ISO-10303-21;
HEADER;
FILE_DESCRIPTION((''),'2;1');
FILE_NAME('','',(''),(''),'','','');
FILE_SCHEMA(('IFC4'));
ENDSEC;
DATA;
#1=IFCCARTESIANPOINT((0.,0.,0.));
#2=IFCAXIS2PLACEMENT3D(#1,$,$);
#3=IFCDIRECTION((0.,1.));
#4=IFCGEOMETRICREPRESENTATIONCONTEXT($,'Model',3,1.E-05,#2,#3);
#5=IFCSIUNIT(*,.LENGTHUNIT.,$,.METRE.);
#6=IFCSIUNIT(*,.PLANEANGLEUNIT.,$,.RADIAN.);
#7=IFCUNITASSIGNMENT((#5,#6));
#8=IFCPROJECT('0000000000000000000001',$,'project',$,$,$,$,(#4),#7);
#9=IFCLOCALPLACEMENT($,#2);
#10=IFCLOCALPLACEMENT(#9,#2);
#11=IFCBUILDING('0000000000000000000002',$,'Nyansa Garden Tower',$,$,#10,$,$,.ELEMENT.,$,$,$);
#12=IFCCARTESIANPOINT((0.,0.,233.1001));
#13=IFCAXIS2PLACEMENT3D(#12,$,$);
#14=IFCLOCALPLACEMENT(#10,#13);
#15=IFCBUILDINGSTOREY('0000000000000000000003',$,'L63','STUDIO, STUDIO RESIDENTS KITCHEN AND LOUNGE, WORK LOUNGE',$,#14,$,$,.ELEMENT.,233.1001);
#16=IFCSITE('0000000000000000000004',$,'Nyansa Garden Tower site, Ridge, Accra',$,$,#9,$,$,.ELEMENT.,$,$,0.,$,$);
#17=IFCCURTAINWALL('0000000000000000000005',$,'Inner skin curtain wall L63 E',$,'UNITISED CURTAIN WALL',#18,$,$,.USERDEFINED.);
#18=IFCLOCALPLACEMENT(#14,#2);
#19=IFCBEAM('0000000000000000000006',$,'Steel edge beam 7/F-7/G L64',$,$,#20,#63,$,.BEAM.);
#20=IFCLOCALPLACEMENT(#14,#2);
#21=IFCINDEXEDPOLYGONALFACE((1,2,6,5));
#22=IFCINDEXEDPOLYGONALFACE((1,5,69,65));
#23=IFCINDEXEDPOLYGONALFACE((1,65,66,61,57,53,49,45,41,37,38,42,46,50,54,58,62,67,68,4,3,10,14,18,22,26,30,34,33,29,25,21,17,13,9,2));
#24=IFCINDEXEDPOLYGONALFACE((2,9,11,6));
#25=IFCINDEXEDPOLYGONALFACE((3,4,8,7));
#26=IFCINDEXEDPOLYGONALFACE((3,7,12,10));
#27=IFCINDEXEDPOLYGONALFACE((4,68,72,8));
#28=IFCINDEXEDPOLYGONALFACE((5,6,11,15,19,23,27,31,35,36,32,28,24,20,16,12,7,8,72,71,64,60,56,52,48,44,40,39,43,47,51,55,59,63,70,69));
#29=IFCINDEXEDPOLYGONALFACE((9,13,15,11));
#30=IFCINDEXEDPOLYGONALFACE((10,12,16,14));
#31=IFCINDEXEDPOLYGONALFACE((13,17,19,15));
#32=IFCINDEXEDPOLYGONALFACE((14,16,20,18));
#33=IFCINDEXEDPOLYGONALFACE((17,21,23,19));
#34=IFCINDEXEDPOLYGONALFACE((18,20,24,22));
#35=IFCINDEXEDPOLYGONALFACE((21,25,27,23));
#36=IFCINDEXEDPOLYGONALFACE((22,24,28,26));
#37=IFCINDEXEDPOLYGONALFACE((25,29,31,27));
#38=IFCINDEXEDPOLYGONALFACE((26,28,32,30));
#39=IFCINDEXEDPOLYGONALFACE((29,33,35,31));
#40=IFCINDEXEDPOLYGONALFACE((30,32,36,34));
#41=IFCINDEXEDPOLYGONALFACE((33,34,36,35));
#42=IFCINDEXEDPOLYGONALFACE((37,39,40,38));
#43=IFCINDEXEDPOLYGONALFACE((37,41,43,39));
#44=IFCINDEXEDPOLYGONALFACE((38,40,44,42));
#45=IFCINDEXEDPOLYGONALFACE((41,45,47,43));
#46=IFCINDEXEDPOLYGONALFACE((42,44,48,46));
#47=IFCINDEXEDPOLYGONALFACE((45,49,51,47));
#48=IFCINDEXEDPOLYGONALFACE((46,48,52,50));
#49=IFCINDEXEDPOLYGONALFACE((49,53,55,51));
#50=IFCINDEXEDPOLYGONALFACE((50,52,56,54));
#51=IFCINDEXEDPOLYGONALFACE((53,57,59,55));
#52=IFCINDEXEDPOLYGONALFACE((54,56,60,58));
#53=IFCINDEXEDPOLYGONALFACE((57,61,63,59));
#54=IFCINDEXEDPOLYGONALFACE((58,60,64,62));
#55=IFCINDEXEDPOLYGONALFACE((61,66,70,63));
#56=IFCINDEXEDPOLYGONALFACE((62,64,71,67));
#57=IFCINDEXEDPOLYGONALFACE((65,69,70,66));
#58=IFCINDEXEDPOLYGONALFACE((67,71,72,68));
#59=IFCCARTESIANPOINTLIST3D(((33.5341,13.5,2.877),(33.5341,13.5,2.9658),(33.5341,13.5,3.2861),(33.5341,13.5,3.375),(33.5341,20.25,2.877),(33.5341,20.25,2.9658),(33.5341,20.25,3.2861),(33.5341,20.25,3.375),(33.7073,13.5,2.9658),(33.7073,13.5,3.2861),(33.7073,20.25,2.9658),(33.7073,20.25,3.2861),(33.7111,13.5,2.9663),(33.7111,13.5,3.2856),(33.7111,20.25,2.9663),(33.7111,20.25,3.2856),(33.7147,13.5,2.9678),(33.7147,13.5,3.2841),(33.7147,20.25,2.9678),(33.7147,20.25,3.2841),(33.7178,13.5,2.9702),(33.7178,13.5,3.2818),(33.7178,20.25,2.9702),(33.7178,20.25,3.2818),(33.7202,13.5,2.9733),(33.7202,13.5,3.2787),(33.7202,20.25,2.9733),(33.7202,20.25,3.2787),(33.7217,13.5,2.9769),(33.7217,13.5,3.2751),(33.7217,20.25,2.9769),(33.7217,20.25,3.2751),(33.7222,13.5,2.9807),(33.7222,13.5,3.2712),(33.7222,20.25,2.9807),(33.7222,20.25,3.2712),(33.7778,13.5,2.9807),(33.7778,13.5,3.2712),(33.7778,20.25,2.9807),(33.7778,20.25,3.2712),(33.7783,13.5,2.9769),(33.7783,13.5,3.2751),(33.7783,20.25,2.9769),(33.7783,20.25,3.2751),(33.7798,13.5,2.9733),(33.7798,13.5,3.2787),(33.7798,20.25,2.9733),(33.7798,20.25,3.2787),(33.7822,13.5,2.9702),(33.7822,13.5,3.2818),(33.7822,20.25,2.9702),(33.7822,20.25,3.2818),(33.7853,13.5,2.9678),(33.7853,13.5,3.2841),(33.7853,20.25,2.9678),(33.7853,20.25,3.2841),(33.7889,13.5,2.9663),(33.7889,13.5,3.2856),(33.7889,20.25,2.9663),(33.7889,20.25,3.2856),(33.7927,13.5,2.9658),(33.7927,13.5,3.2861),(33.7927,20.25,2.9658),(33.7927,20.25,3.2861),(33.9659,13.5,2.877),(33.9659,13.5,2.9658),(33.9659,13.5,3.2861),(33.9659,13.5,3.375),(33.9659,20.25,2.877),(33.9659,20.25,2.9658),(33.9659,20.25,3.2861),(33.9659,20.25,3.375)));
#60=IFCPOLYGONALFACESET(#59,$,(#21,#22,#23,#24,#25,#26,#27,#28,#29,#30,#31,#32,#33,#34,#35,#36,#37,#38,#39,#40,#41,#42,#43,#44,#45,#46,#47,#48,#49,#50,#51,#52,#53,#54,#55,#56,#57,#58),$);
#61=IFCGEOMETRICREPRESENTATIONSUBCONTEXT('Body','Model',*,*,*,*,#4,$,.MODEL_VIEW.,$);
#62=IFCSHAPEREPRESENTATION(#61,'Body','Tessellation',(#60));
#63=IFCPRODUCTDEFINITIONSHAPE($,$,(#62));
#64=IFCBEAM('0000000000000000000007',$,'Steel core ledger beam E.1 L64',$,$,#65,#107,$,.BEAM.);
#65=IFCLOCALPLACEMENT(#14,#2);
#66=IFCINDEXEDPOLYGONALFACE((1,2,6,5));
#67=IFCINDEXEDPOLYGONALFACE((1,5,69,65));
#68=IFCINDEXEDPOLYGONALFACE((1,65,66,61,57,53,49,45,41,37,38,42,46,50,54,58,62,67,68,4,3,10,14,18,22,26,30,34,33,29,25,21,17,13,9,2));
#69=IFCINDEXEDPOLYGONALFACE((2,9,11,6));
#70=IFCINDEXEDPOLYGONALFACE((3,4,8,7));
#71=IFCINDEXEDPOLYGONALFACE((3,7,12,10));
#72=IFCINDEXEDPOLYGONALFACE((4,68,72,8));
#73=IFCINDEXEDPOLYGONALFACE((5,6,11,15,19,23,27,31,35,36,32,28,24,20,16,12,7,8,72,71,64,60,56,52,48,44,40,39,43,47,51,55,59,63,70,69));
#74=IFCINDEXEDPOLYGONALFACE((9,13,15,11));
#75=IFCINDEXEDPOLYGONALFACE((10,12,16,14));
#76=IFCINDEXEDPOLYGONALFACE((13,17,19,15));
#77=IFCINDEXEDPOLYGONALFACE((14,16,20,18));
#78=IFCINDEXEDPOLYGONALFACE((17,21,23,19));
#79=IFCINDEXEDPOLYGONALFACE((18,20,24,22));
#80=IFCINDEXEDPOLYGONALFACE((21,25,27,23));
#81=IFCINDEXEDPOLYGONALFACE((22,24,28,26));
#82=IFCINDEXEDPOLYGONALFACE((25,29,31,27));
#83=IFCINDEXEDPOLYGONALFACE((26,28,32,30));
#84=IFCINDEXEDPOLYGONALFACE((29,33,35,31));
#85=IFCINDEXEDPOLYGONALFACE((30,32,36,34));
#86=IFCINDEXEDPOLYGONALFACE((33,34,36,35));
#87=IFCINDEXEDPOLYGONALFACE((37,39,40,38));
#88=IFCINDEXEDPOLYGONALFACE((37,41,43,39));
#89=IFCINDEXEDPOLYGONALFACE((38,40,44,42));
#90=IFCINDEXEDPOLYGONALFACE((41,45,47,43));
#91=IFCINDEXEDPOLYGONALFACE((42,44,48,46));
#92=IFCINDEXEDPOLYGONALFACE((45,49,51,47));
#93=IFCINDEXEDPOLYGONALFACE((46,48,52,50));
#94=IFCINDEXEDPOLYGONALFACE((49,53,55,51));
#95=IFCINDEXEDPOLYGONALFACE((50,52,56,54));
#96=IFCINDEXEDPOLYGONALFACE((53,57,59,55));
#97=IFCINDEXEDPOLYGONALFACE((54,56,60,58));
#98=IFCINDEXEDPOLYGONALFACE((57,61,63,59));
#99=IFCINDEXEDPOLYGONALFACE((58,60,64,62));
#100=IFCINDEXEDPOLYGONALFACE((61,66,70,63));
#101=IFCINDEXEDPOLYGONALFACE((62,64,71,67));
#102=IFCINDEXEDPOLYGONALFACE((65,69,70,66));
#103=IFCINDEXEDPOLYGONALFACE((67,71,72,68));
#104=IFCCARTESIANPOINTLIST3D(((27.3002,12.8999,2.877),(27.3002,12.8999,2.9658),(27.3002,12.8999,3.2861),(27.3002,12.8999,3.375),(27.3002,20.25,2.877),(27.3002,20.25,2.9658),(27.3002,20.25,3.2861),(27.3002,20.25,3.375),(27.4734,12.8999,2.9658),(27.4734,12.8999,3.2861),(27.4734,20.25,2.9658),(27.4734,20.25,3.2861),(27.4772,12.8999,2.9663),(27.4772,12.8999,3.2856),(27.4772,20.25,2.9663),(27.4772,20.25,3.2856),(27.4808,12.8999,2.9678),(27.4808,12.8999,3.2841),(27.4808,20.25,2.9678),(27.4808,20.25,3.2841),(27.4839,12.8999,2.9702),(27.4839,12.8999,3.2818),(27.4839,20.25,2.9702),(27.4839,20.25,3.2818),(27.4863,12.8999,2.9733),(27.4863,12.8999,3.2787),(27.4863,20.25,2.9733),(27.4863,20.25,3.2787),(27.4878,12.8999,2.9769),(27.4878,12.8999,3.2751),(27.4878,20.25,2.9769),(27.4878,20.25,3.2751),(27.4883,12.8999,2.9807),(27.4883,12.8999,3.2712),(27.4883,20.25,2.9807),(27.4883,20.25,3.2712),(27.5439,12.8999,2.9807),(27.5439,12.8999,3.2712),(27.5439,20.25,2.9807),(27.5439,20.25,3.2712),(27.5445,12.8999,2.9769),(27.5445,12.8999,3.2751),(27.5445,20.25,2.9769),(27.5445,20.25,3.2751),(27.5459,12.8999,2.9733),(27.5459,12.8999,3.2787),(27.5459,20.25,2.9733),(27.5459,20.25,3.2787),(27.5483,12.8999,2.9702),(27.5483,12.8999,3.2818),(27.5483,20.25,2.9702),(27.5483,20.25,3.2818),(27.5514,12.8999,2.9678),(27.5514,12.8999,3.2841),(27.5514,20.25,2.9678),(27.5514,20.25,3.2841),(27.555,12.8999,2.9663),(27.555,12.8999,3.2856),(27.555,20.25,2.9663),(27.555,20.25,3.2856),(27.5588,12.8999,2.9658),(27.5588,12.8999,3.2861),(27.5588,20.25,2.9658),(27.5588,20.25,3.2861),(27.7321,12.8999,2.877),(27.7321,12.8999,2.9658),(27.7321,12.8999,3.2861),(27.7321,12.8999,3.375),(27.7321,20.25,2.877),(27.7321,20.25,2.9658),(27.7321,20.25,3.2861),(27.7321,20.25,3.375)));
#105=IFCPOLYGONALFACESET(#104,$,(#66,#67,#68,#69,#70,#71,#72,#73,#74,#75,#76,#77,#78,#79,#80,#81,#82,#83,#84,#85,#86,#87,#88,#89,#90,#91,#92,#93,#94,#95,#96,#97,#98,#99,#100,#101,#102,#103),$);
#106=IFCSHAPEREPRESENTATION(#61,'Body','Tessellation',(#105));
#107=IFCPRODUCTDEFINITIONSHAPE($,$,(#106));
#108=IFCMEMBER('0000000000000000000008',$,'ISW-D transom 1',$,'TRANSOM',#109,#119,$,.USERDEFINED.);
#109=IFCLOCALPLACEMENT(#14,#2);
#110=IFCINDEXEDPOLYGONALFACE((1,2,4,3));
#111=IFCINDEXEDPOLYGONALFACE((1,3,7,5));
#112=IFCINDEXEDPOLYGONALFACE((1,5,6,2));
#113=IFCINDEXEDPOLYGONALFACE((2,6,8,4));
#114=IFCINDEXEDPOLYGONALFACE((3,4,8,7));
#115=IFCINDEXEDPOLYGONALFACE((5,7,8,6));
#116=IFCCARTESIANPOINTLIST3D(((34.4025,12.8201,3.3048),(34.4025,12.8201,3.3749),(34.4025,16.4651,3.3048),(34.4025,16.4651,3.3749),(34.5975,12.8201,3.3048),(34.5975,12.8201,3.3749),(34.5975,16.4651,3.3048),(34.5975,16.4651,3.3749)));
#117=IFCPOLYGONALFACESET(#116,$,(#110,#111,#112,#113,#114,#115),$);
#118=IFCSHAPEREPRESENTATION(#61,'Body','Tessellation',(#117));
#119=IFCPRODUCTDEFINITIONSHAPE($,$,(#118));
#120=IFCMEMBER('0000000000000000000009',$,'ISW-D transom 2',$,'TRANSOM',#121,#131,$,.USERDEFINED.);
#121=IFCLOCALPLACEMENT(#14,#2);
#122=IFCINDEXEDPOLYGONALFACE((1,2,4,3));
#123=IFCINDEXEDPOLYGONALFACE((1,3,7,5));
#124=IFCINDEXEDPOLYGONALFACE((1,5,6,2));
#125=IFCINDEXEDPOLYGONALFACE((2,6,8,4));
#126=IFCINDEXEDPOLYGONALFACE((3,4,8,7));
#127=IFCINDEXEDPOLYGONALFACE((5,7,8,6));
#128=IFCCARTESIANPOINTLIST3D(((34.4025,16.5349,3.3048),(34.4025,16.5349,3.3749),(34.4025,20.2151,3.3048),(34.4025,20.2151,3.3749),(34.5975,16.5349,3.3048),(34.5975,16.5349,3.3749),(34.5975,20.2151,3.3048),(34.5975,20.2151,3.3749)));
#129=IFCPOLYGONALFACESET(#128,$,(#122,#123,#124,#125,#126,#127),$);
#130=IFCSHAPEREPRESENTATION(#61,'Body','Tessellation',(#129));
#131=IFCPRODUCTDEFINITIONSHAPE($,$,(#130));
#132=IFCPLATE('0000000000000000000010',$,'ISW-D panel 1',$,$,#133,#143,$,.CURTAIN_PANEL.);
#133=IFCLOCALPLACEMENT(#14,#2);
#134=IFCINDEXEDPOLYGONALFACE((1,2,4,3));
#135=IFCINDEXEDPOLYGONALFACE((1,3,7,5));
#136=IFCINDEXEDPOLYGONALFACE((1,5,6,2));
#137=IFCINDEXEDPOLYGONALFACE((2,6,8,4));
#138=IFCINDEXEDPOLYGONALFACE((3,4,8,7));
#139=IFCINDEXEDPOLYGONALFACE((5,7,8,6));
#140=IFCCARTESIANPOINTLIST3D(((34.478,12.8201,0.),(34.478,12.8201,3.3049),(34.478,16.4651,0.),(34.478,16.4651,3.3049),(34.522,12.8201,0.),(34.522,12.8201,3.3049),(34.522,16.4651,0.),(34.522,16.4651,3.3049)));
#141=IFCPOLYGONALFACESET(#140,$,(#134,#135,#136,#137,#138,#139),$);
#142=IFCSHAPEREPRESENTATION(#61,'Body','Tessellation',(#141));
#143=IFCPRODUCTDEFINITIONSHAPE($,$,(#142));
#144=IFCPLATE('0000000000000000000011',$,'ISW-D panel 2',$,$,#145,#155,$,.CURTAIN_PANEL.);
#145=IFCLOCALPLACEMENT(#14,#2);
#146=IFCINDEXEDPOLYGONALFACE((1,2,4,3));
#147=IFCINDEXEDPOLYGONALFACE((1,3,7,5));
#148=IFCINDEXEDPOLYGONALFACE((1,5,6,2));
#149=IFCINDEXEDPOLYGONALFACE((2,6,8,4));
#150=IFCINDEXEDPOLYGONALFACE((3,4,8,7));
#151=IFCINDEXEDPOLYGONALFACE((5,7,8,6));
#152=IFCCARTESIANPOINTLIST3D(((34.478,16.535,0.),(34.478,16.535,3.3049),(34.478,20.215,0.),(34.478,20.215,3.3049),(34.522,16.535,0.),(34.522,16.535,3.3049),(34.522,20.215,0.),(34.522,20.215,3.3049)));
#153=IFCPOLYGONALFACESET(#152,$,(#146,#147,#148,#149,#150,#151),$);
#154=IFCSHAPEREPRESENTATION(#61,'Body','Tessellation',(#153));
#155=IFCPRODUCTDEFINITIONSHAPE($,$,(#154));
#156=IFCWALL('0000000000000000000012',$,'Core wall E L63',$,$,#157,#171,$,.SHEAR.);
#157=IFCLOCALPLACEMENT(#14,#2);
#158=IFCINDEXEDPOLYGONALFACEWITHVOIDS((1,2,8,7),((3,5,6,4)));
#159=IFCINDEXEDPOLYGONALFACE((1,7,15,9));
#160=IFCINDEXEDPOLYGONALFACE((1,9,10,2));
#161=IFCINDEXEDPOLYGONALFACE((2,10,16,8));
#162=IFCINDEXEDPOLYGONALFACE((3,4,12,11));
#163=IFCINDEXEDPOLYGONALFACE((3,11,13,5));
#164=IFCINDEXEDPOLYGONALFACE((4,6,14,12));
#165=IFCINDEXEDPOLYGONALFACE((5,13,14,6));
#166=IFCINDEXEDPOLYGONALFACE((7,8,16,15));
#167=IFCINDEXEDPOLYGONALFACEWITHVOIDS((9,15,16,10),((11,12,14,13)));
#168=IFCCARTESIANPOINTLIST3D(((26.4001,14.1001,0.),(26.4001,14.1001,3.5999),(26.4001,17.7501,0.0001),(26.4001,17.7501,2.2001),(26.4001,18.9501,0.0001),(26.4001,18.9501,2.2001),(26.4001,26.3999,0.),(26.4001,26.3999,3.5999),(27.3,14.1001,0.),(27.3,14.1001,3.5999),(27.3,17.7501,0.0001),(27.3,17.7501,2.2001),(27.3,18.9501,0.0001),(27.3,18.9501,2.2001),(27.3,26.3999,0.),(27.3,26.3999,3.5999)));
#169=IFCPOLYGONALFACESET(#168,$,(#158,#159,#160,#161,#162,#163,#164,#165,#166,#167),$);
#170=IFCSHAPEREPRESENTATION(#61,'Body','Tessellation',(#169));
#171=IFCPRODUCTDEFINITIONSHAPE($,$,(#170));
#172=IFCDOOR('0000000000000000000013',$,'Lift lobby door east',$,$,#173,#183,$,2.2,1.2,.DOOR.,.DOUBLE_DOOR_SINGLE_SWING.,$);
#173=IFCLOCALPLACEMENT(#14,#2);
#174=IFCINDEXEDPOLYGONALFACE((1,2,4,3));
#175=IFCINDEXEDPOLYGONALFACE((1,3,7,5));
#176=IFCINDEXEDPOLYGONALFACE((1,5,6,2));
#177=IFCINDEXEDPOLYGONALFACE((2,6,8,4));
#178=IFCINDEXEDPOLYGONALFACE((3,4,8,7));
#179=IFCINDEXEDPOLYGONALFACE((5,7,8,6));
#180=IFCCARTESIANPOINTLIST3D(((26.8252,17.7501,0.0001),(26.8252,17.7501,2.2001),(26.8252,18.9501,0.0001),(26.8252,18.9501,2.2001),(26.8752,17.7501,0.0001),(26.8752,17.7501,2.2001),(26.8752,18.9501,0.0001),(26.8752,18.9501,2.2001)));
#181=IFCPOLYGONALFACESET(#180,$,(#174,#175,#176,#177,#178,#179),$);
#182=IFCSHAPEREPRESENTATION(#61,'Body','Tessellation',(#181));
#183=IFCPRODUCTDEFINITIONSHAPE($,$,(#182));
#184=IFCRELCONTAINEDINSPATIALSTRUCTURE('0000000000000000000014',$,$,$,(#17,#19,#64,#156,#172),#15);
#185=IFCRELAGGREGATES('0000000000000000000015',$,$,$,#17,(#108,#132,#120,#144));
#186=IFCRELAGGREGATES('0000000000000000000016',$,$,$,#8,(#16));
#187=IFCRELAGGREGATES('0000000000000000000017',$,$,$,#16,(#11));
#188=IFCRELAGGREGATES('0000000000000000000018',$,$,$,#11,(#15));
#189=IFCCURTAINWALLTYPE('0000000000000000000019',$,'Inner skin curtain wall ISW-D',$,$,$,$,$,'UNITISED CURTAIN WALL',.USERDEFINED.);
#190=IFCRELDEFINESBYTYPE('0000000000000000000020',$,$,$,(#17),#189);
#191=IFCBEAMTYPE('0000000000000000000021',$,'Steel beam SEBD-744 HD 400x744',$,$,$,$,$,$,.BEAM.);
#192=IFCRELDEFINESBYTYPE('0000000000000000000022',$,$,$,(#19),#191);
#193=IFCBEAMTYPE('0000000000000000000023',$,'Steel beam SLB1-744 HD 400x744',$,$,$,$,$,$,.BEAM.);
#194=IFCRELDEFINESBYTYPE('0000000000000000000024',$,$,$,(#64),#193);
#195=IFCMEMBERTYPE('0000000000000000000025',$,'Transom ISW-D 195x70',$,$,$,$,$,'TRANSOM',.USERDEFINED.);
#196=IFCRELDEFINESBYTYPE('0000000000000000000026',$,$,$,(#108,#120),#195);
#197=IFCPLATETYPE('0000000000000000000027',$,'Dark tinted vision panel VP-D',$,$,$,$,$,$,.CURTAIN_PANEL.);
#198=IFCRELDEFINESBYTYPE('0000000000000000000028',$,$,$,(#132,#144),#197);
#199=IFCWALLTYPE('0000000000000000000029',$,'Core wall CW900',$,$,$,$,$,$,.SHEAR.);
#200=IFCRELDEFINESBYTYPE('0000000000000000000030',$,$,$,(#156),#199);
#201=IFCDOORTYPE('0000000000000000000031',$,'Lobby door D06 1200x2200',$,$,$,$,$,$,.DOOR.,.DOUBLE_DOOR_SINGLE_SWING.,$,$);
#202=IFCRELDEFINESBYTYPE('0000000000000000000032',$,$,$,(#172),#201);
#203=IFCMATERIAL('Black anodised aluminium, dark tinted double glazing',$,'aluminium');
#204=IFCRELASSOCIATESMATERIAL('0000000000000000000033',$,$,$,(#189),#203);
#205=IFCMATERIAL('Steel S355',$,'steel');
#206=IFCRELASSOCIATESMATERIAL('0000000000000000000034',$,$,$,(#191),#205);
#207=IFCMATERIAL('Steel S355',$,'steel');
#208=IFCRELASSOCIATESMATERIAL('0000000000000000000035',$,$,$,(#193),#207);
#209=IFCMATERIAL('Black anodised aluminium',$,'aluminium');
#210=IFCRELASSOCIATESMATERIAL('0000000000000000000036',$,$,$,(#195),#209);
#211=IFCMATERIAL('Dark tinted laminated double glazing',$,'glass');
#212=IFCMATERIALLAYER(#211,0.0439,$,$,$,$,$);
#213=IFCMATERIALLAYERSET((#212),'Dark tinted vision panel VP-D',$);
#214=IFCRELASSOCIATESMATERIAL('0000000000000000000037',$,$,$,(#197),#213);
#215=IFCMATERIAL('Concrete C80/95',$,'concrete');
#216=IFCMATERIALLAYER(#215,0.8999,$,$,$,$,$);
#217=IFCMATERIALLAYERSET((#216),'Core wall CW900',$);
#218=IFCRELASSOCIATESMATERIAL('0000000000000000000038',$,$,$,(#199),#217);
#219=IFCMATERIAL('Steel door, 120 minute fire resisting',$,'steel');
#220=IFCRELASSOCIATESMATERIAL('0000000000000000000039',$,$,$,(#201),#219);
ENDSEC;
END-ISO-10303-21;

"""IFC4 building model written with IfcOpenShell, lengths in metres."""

from ifc_helpers import new_model, si_unit, direction, frame, frame_2d, origin, origin_2d, place, context, subcontext, project, spatial, rectangle, i_section, extrude, material, layer, layer_set, material_profile, profile_set, type_object, element, fill, aggregate, save


model = new_model("IFC4")

# Units and contexts
model_context = context("Model", 3, precision=1e-05, world=origin(), true_north=direction((0.0, 1.0)))
body_context = subcontext(model_context, "Body", "Model", "MODEL_VIEW")
ifc_project = project(units=[si_unit("LENGTHUNIT", "METRE"), si_unit("PLANEANGLEUNIT", "RADIAN")], contexts=[model_context])

# Site, building, storey
site_placement = place(None, origin())
site = spatial("IfcSite", under=ifc_project, at=site_placement, Name="Nyansa Garden Tower site, Ridge, Accra", CompositionType="ELEMENT", RefElevation=0.0)
building_placement = place(site_placement, origin())
building = spatial("IfcBuilding", under=site, at=building_placement, Name="Nyansa Garden Tower", CompositionType="ELEMENT")
storey_placement = place(building_placement, frame((0.0, 0.0, 233.1001)))
storey = spatial("IfcBuildingStorey", under=building, at=storey_placement, Name="L63", Description="STUDIO, STUDIO RESIDENTS KITCHEN AND LOUNGE, WORK LOUNGE", CompositionType="ELEMENT", Elevation=233.1001)

# Curtain wall
ifc_material_1 = material(Name="Black anodised aluminium, dark tinted double glazing", Category="aluminium")
curtain_wall_type = type_object("IfcCurtainWallType", Name="Inner skin curtain wall ISW-D", ElementType="UNITISED CURTAIN WALL", PredefinedType="USERDEFINED", material=ifc_material_1)
curtain_wall_placement = place(storey_placement, origin())
curtain_wall = element("IfcCurtainWall", 1, at=curtain_wall_placement, inside=storey, type_object=curtain_wall_type, Name="Inner skin curtain wall L63 E", ObjectType="UNITISED CURTAIN WALL", PredefinedType="USERDEFINED")

# Beams
ifc_material_2 = material(Name="Steel S355", Category="steel")
ifc_material_profile_1 = material_profile(ifc_material_2, i_section(OverallWidth=0.4319, OverallDepth=0.498, WebThickness=0.0557, FlangeThickness=0.0889, FilletRadius=0.0149, at=origin_2d()), Name="HD 400x744")
ifc_profile_set_1 = profile_set([ifc_material_profile_1], Name="Steel S355")
beam_type_1 = type_object("IfcBeamType", Name="Steel beam SEBD-744 HD 400x744", PredefinedType="BEAM", material=ifc_profile_set_1)
beam_1_placement = place(storey_placement, frame((33.75, 13.5, 3.126), z_axis=(0.0, 1.0, 0.0), x_axis=(-1.0, 0.0, 0.0)))
element("IfcBeam", 2, at=beam_1_placement, inside=storey, type_object=beam_type_1, Name="Steel edge beam 7/F-7/G L64", PredefinedType="BEAM", context=body_context, shape_type="SweptSolid", body=[
    extrude(i_section(OverallWidth=0.4319, OverallDepth=0.498, WebThickness=0.0557, FlangeThickness=0.0889, FilletRadius=0.0149, at=origin_2d()), origin(), (0.0, 0.0, 1.0), 6.75),
])
ifc_material_3 = material(Name="Steel S355", Category="steel")
ifc_material_profile_2 = material_profile(ifc_material_3, i_section(OverallWidth=0.4319, OverallDepth=0.498, WebThickness=0.0557, FlangeThickness=0.0889, FilletRadius=0.0149, at=origin_2d()), Name="HD 400x744")
ifc_profile_set_2 = profile_set([ifc_material_profile_2], Name="Steel S355")
beam_type_2 = type_object("IfcBeamType", Name="Steel beam SLB1-744 HD 400x744", PredefinedType="BEAM", material=ifc_profile_set_2)
beam_2_placement = place(storey_placement, frame((27.5161, 12.8999, 3.126), z_axis=(0.0, 1.0, 0.0), x_axis=(-1.0, 0.0, 0.0)))
element("IfcBeam", 3, at=beam_2_placement, inside=storey, type_object=beam_type_2, Name="Steel core ledger beam E.1 L64", PredefinedType="BEAM", context=body_context, shape_type="SweptSolid", body=[
    extrude(i_section(OverallWidth=0.4319, OverallDepth=0.498, WebThickness=0.0557, FlangeThickness=0.0889, FilletRadius=0.0149, at=origin_2d()), origin(), (0.0, 0.0, 1.0), 7.3501),
])

# Members
ifc_material_4 = material(Name="Black anodised aluminium", Category="aluminium")
ifc_material_profile_3 = material_profile(ifc_material_4, rectangle(XDim=0.1951, YDim=0.0701, at=origin_2d()), Name="Transom 195x70")
ifc_profile_set_3 = profile_set([ifc_material_profile_3], Name="Black anodised aluminium")
member_type_1 = type_object("IfcMemberType", Name="Transom ISW-D 195x70", ElementType="TRANSOM", PredefinedType="USERDEFINED", material=ifc_profile_set_3)
member_1_placement = place(storey_placement, frame((34.5, 12.8201, 3.3398), z_axis=(0.0, 1.0, 0.0), x_axis=(-1.0, 0.0, 0.0)))
member_1 = element("IfcMember", 4, at=member_1_placement, type_object=member_type_1, Name="ISW-D transom 1", ObjectType="TRANSOM", PredefinedType="USERDEFINED", context=body_context, shape_type="SweptSolid", body=[
    extrude(rectangle(XDim=0.1951, YDim=0.0701, at=origin_2d()), origin(), (0.0, 0.0, 1.0), 3.645),
])
member_2_placement = place(storey_placement, frame((34.5, 16.5349, 3.3398), z_axis=(0.0, 1.0, 0.0), x_axis=(-1.0, 0.0, 0.0)))
member_2 = element("IfcMember", 5, at=member_2_placement, type_object=member_type_1, Name="ISW-D transom 2", ObjectType="TRANSOM", PredefinedType="USERDEFINED", context=body_context, shape_type="SweptSolid", body=[
    extrude(rectangle(XDim=0.1951, YDim=0.0701, at=origin_2d()), origin(), (0.0, 0.0, 1.0), 3.6802),
])

# Plates
ifc_material_5 = material(Name="Dark tinted laminated double glazing", Category="glass")
ifc_layer_1 = layer(ifc_material_5, 0.0439)
ifc_layer_set_1 = layer_set([ifc_layer_1], Name="Dark tinted vision panel VP-D")
plate_type = type_object("IfcPlateType", Name="Dark tinted vision panel VP-D", PredefinedType="CURTAIN_PANEL", material=ifc_layer_set_1)
plate_1_placement = place(storey_placement, frame((34.5, 14.6426, 0.0), z_axis=(0.0, 0.0, 1.0), x_axis=(0.0, 1.0, 0.0)))
plate_1 = element("IfcPlate", 6, at=plate_1_placement, type_object=plate_type, Name="ISW-D panel 1", PredefinedType="CURTAIN_PANEL", context=body_context, shape_type="SweptSolid", body=[
    extrude(rectangle(XDim=3.645, YDim=0.0439, at=origin_2d()), origin(), (0.0, 0.0, 1.0), 3.3049),
])
plate_2_placement = place(storey_placement, frame((34.5, 18.375, 0.0), z_axis=(0.0, 0.0, 1.0), x_axis=(0.0, 1.0, 0.0)))
plate_2 = element("IfcPlate", 7, at=plate_2_placement, type_object=plate_type, Name="ISW-D panel 2", PredefinedType="CURTAIN_PANEL", context=body_context, shape_type="SweptSolid", body=[
    extrude(rectangle(XDim=3.6799, YDim=0.0439, at=origin_2d()), origin(), (0.0, 0.0, 1.0), 3.3049),
])
aggregate(curtain_wall, [member_1, plate_1, member_2, plate_2])

# Wall, opening, door
ifc_material_6 = material(Name="Concrete C80/95", Category="concrete")
ifc_layer_2 = layer(ifc_material_6, 0.8999)
ifc_layer_set_2 = layer_set([ifc_layer_2], Name="Core wall CW900")
wall_type_1 = type_object("IfcWallType", Name="Core wall CW900", PredefinedType="SHEAR", material=ifc_layer_set_2)
wall_1_placement = place(storey_placement, frame((26.8501, 14.1001, 0.0), z_axis=(0.0, 0.0, 1.0), x_axis=(0.0, 1.0, 0.0)))
wall_1 = element("IfcWall", 8, at=wall_1_placement, inside=storey, type_object=wall_type_1, Name="Core wall E L63", PredefinedType="SHEAR", context=body_context, shape_type="SweptSolid", body=[
    extrude(rectangle(XDim=12.2998, YDim=0.8999, at=frame_2d((6.1499, 0.0))), origin(), (0.0, 0.0, 1.0), 3.5999),
])
opening_1_placement = place(wall_1_placement, frame((3.6499, 0.0, 0.0)))
opening_1 = element("IfcOpeningElement", 9, at=opening_1_placement, cuts=wall_1, PredefinedType="OPENING", context=body_context, shape_type="SweptSolid", body=[
    extrude(rectangle(XDim=1.2, YDim=2.2, at=frame_2d((0.6001, 1.1001))), frame((0.0, 0.46, 0.0), z_axis=(0.0, -1.0, 0.0), x_axis=(1.0, 0.0, 0.0)), (0.0, 0.0, 1.0), 0.9199),
])
ifc_material_7 = material(Name="Steel door, 120 minute fire resisting", Category="steel")
door_type_1 = type_object("IfcDoorType", Name="Lobby door D06 1200x2200", OperationType="DOUBLE_DOOR_SINGLE_SWING", PredefinedType="DOOR", material=ifc_material_7)
door_1_placement = place(opening_1_placement, origin())
door_1 = element("IfcDoor", 10, at=door_1_placement, inside=storey, type_object=door_type_1, Name="Lift lobby door east", OperationType="DOUBLE_DOOR_SINGLE_SWING", OverallHeight=2.2, OverallWidth=1.2, PredefinedType="DOOR", context=body_context, shape_type="SweptSolid", body=[
    extrude(rectangle(XDim=1.2, YDim=2.2, at=frame_2d((0.6001, 1.1001))), frame((0.0, 0.0249, 0.0), z_axis=(0.0, -1.0, 0.0), x_axis=(1.0, 0.0, 0.0)), (0.0, 0.0, 1.0), 0.05),
])
fill(opening_1, door_1)

save(model, "model.ifc")
